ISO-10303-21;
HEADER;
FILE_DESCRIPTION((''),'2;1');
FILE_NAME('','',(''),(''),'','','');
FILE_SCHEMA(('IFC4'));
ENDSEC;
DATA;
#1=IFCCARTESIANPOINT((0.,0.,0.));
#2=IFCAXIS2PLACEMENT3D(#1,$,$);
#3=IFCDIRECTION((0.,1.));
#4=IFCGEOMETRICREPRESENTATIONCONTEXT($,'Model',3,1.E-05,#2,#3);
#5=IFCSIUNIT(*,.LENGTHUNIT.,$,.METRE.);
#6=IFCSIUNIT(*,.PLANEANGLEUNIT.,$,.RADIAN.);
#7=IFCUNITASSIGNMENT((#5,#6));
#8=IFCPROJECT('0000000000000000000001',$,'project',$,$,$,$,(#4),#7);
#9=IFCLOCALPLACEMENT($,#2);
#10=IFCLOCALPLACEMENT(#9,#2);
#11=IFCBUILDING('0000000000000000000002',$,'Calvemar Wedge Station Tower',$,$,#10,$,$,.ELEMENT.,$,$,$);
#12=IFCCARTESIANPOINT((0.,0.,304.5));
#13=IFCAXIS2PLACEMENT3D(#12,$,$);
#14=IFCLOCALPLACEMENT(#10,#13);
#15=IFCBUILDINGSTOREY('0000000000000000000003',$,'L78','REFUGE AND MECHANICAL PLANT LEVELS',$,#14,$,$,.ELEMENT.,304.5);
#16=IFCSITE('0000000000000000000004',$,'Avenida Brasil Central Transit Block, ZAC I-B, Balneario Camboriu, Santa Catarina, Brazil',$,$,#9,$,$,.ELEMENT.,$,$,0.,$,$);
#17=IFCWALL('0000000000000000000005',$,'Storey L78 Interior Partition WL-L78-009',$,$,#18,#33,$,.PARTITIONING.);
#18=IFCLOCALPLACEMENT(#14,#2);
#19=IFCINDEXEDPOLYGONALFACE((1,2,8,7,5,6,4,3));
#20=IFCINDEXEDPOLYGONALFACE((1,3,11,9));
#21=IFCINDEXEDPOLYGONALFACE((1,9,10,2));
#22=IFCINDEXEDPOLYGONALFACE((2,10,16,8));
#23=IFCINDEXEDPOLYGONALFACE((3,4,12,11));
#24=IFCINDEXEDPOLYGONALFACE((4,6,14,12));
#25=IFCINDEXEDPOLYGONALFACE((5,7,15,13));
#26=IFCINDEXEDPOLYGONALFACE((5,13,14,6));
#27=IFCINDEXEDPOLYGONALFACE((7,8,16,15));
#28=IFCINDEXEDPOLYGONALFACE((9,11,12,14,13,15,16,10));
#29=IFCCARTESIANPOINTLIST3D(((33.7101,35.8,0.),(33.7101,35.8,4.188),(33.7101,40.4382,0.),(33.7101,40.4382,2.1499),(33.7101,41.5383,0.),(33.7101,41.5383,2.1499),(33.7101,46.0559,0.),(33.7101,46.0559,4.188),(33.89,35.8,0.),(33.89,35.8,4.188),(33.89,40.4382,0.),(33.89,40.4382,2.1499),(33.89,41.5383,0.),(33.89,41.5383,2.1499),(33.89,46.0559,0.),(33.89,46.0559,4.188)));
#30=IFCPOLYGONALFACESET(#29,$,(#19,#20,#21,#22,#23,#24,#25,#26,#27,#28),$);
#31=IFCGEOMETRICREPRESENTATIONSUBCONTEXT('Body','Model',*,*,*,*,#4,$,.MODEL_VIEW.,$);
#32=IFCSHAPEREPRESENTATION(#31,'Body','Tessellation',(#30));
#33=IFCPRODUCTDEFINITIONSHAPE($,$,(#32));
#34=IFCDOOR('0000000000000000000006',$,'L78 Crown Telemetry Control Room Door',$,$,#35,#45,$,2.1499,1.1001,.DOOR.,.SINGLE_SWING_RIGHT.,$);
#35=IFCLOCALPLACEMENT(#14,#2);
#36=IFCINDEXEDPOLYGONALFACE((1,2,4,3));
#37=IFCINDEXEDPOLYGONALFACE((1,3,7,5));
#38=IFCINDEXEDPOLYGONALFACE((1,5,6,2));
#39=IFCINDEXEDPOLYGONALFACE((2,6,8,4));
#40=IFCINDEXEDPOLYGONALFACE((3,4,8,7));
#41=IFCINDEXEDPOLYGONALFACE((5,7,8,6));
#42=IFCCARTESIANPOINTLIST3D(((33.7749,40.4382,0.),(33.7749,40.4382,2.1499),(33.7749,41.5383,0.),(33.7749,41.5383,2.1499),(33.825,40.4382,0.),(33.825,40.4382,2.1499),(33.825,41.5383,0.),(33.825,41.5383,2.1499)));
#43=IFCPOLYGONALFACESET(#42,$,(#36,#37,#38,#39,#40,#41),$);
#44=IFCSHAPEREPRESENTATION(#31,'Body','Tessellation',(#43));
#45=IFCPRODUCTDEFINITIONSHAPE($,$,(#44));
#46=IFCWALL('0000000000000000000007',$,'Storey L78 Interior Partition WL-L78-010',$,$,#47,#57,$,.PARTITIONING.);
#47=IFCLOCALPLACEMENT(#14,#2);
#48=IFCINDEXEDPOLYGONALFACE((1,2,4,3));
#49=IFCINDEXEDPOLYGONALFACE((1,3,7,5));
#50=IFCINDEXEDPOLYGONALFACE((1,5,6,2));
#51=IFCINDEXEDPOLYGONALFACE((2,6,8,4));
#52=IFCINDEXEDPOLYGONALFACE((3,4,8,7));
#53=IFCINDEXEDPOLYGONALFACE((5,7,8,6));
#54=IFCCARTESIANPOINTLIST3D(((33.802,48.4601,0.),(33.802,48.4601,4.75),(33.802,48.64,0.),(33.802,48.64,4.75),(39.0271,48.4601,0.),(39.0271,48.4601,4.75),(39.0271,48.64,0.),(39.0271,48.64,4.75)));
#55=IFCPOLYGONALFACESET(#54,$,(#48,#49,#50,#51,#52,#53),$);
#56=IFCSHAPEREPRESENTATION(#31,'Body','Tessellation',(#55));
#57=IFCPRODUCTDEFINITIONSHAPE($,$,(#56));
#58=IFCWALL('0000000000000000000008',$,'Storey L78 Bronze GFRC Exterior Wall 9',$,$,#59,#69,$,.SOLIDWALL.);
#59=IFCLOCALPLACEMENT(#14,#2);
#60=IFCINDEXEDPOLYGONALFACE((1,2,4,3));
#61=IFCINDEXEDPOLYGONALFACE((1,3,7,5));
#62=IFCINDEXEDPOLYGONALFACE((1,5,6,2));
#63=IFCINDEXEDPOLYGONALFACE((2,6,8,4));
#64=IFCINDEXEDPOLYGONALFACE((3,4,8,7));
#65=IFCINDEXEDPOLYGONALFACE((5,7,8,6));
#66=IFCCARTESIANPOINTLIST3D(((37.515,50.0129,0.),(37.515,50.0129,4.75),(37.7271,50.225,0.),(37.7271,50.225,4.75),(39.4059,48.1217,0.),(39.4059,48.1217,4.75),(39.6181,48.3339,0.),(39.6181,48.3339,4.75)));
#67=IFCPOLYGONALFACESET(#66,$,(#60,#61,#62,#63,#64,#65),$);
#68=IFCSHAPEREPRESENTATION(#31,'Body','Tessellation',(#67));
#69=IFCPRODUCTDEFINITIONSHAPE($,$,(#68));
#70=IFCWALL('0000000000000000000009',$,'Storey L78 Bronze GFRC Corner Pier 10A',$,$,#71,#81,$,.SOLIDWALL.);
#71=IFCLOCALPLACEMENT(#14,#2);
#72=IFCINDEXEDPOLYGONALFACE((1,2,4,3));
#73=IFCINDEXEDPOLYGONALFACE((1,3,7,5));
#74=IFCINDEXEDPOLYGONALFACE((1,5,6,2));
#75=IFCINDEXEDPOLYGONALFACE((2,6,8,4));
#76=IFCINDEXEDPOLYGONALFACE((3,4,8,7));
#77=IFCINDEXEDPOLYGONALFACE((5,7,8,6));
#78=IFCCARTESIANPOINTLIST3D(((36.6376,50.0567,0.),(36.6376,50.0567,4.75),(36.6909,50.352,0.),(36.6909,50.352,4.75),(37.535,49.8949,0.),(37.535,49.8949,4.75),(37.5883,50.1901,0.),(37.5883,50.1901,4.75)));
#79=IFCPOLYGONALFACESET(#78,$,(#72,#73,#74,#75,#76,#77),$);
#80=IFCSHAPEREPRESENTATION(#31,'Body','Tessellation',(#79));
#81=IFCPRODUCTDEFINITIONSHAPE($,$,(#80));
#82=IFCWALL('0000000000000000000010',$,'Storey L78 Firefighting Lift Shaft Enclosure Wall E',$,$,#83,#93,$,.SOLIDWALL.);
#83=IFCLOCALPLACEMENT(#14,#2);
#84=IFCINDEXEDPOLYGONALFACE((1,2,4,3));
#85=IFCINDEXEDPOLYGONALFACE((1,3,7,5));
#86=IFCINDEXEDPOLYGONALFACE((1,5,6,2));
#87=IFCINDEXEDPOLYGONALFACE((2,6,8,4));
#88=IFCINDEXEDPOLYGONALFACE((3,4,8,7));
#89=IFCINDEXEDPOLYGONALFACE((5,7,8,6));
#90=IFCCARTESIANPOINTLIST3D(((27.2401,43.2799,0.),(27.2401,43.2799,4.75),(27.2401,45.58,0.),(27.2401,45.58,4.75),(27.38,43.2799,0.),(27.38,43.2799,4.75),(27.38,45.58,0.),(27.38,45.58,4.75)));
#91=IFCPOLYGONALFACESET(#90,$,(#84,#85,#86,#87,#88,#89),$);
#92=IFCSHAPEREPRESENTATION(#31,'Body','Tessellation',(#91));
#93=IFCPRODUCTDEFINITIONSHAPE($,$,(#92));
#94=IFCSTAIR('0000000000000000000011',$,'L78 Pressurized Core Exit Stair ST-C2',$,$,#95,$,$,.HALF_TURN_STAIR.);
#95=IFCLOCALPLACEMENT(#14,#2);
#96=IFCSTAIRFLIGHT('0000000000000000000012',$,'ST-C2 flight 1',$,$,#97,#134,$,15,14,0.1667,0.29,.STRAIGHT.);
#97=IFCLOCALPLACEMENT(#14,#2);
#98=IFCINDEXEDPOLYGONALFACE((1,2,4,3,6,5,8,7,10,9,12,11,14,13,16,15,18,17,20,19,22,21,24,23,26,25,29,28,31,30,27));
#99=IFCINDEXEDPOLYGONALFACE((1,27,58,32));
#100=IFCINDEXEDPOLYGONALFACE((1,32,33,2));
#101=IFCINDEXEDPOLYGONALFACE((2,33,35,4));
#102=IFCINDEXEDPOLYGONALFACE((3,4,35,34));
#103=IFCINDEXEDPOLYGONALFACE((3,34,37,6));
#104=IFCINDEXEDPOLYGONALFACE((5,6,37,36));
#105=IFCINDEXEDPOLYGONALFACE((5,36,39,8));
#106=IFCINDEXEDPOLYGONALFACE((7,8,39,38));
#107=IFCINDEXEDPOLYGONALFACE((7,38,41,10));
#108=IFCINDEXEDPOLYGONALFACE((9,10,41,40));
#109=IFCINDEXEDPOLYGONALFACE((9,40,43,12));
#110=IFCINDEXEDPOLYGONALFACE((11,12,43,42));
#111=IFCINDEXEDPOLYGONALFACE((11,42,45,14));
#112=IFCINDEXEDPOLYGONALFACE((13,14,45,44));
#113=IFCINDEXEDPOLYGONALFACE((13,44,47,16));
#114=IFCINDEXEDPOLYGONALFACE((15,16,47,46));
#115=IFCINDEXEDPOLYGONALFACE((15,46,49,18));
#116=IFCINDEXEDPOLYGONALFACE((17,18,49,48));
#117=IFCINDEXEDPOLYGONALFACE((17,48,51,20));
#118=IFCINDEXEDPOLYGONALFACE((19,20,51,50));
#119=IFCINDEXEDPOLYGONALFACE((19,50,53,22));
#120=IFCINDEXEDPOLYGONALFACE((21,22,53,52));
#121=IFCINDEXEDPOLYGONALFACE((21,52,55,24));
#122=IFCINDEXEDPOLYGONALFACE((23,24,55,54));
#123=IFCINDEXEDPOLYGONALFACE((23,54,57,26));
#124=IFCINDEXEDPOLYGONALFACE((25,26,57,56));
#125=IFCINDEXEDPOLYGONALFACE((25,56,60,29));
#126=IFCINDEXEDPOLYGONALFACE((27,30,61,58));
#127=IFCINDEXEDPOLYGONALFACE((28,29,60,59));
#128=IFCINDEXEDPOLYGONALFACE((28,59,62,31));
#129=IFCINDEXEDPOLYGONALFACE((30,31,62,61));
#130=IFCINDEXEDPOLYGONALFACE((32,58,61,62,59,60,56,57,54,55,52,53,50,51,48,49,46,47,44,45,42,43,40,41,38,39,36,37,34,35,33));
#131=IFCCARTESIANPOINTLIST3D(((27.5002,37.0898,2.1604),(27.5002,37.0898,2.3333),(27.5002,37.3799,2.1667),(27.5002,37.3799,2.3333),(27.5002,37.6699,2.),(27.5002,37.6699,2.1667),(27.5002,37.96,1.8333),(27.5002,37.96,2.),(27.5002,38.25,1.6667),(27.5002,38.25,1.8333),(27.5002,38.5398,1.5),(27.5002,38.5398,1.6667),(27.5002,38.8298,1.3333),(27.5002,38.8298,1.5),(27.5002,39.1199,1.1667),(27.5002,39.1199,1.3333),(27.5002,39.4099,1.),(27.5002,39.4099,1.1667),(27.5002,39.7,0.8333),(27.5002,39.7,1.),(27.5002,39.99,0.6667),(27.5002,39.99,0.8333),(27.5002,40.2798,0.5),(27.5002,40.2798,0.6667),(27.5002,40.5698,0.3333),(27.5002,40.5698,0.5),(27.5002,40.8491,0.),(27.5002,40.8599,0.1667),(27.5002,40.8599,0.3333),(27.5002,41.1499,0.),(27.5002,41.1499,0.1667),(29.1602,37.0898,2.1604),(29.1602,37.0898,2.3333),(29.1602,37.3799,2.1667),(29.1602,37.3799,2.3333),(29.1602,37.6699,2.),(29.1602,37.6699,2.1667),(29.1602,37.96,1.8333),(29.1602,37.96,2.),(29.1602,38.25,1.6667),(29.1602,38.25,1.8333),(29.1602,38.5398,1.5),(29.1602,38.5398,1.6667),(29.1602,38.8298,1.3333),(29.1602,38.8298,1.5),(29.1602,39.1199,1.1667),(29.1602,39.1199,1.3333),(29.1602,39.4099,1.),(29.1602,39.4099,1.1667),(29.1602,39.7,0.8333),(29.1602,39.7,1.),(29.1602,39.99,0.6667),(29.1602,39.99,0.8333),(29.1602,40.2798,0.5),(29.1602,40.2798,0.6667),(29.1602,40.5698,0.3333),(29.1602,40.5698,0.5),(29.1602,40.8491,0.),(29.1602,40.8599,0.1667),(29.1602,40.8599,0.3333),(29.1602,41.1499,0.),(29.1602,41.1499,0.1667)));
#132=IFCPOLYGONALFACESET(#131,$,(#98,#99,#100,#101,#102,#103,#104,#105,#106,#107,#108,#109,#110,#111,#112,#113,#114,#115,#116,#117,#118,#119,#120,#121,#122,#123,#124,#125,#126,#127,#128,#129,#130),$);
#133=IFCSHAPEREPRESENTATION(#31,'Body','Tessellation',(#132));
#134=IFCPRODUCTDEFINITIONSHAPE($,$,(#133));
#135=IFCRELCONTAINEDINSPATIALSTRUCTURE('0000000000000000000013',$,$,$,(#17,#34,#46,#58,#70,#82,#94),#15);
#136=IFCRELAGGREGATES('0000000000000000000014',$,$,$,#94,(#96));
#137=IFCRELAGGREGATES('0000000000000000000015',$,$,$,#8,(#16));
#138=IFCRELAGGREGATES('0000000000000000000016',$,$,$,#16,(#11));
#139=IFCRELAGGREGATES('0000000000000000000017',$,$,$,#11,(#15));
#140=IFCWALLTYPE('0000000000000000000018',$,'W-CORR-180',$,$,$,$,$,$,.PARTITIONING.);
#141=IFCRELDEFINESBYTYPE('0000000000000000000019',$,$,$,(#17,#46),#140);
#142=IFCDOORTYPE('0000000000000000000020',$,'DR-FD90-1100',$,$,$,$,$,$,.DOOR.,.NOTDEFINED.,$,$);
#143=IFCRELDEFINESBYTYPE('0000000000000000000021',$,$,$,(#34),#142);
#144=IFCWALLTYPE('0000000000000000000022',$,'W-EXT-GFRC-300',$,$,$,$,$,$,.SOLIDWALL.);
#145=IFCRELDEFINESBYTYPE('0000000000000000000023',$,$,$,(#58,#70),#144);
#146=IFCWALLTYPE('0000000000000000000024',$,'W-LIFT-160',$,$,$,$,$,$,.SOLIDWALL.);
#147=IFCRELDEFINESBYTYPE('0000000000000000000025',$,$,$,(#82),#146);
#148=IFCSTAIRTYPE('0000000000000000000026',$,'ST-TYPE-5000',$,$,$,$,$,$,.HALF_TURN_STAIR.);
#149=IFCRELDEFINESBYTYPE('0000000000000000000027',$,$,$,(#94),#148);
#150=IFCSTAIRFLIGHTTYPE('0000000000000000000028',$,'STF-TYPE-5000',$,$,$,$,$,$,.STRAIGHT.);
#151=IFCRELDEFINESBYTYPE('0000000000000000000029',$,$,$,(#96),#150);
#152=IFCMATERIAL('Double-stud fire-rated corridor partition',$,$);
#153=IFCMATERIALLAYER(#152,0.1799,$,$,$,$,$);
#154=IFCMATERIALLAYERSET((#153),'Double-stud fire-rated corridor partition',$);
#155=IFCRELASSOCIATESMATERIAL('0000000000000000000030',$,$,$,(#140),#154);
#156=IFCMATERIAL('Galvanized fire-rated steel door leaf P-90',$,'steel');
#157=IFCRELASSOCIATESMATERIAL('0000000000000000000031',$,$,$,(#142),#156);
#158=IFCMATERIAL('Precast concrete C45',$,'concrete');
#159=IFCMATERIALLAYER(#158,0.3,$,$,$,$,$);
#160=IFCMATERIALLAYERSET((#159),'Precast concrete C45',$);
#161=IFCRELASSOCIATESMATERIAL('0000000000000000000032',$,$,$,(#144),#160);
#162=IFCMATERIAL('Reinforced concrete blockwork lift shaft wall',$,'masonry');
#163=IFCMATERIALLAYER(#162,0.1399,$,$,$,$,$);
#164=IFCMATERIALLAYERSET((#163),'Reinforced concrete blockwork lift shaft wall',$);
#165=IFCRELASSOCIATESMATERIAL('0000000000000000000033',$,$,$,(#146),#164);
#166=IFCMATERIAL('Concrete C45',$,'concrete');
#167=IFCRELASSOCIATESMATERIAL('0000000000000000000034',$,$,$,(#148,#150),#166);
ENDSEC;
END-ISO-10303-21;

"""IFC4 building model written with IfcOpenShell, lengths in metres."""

from ifc_helpers import new_model, si_unit, direction, frame, frame_2d, origin, place, context, subcontext, project, spatial, polyline, rectangle, outline, extrude, source, transform, mapped, material, layer, layer_set, type_object, element, fill, aggregate, save


model = new_model("IFC4")

# Units and contexts
model_context = context("Model", 3, precision=1e-05, world=origin(), true_north=direction((0.0, 1.0)))
body_context = subcontext(model_context, "Body", "Model", "MODEL_VIEW")
ifc_project = project(units=[si_unit("LENGTHUNIT", "METRE"), si_unit("PLANEANGLEUNIT", "RADIAN")], contexts=[model_context])

# Site, building, storey
site_placement = place(None, origin())
site = spatial("IfcSite", under=ifc_project, at=site_placement, Name="Avenida Brasil Central Transit Block, ZAC I-B, Balneario Camboriu, Santa Catarina, Brazil", CompositionType="ELEMENT", RefElevation=0.0)
building_placement = place(site_placement, origin())
building = spatial("IfcBuilding", under=site, at=building_placement, Name="Calvemar Wedge Station Tower", CompositionType="ELEMENT")
storey_placement = place(building_placement, frame((0.0, 0.0, 304.5)))
storey = spatial("IfcBuildingStorey", under=building, at=storey_placement, Name="L78", Description="REFUGE AND MECHANICAL PLANT LEVELS", CompositionType="ELEMENT", Elevation=304.5)

# Shared definitions
ifc_material_1 = material(Name="Double-stud fire-rated corridor partition")
ifc_layer_1 = layer(ifc_material_1, 0.1799)
ifc_layer_set_1 = layer_set([ifc_layer_1], Name="Double-stud fire-rated corridor partition")
wall_type_1 = type_object("IfcWallType", Name="W-CORR-180", PredefinedType="PARTITIONING", material=ifc_layer_set_1)

# Wall, opening, door
wall_1_placement = place(storey_placement, frame((33.8, 46.0559, 0.0), z_axis=(0.0, 0.0, 1.0), x_axis=(0.0, -1.0, 0.0)))
wall_1 = element("IfcWall", 1, at=wall_1_placement, inside=storey, type_object=wall_type_1, Name="Storey L78 Interior Partition WL-L78-009", PredefinedType="PARTITIONING", context=body_context, shape_type="SweptSolid", body=[
    extrude(rectangle(XDim=10.2559, YDim=0.1799, at=frame_2d((5.1279, 0.0))), origin(), (0.0, 0.0, 1.0), 4.188),
])
shared_shape_1 = source(origin(), body_context, "Body", "SweptSolid", [
    extrude(rectangle(XDim=1.1001, YDim=2.1499, at=frame_2d((0.55, 1.075))), frame((0.0, 0.1001, 0.0), z_axis=(0.0, -1.0, 0.0), x_axis=(1.0, 0.0, 0.0)), (0.0, 0.0, 1.0), 0.2),
])
opening_placement = place(wall_1_placement, frame((4.5176, 0.0, 0.0)))
opening = element("IfcOpeningElement", 2, at=opening_placement, cuts=wall_1, PredefinedType="OPENING", context=body_context, shape_type="MappedRepresentation", body=[
    mapped(shared_shape_1, transform((0.0, 0.0, 0.0), scale=1.0)),
])
ifc_material_2 = material(Name="Galvanized fire-rated steel door leaf P-90", Category="steel")
door_type = type_object("IfcDoorType", Name="DR-FD90-1100", OperationType="NOTDEFINED", PredefinedType="DOOR", material=ifc_material_2)
shared_shape_2 = source(origin(), body_context, "Body", "SweptSolid", [
    extrude(rectangle(XDim=1.1001, YDim=2.1499, at=frame_2d((0.55, 1.075))), frame((0.0, 0.0249, 0.0), z_axis=(0.0, -1.0, 0.0), x_axis=(1.0, 0.0, 0.0)), (0.0, 0.0, 1.0), 0.05),
])
door_placement = place(opening_placement, origin())
door = element("IfcDoor", 3, at=door_placement, inside=storey, type_object=door_type, Name="L78 Crown Telemetry Control Room Door", OperationType="SINGLE_SWING_RIGHT", OverallHeight=2.1499, OverallWidth=1.1001, PredefinedType="DOOR", context=body_context, shape_type="MappedRepresentation", body=[
    mapped(shared_shape_2, transform((0.0, 0.0, 0.0), scale=1.0)),
])
fill(opening, door)

# Walls
wall_2_placement = place(storey_placement, frame((39.0271, 48.55, 0.0), z_axis=(0.0, 0.0, 1.0), x_axis=(-1.0, 0.0, 0.0)))
element("IfcWall", 4, at=wall_2_placement, inside=storey, type_object=wall_type_1, Name="Storey L78 Interior Partition WL-L78-010", PredefinedType="PARTITIONING", context=body_context, shape_type="SweptSolid", body=[
    extrude(rectangle(XDim=5.2251, YDim=0.1799, at=frame_2d((2.6125, 0.0))), origin(), (0.0, 0.0, 1.0), 4.75),
])
ifc_material_3 = material(Name="Precast concrete C45", Category="concrete")
ifc_layer_2 = layer(ifc_material_3, 0.3)
ifc_layer_set_2 = layer_set([ifc_layer_2], Name="Precast concrete C45")
wall_type_2 = type_object("IfcWallType", Name="W-EXT-GFRC-300", PredefinedType="SOLIDWALL", material=ifc_layer_set_2)
wall_3_placement = place(storey_placement, frame((39.512, 48.2278, 0.0), z_axis=(0.0, 0.0, 1.0), x_axis=(-0.707061, 0.707152, 0.0)))
element("IfcWall", 5, at=wall_3_placement, inside=storey, type_object=wall_type_2, Name="Storey L78 Bronze GFRC Exterior Wall 9", PredefinedType="SOLIDWALL", context=body_context, shape_type="SweptSolid", body=[
    extrude(rectangle(XDim=2.6743, YDim=0.3, at=frame_2d((1.3372, 0.0))), origin(), (0.0, 0.0, 1.0), 4.75),
])
wall_4_placement = place(storey_placement, frame((37.5618, 50.0425, 0.0), z_axis=(0.0, 0.0, 1.0), x_axis=(-0.984122, 0.177495, 0.0)))
element("IfcWall", 6, at=wall_4_placement, inside=storey, type_object=wall_type_2, Name="Storey L78 Bronze GFRC Corner Pier 10A", PredefinedType="SOLIDWALL", context=body_context, shape_type="SweptSolid", body=[
    extrude(rectangle(XDim=0.9119, YDim=0.3, at=frame_2d((0.4561, 0.0))), origin(), (0.0, 0.0, 1.0), 4.75),
])
ifc_material_4 = material(Name="Reinforced concrete blockwork lift shaft wall", Category="masonry")
ifc_layer_3 = layer(ifc_material_4, 0.1399)
ifc_layer_set_3 = layer_set([ifc_layer_3], Name="Reinforced concrete blockwork lift shaft wall")
wall_type_3 = type_object("IfcWallType", Name="W-LIFT-160", PredefinedType="SOLIDWALL", material=ifc_layer_set_3)
wall_5_placement = place(storey_placement, frame((27.3101, 43.28, 0.0), z_axis=(0.0, 0.0, 1.0), x_axis=(0.0, 1.0, 0.0)))
element("IfcWall", 7, at=wall_5_placement, inside=storey, type_object=wall_type_3, Name="Storey L78 Firefighting Lift Shaft Enclosure Wall E", PredefinedType="SOLIDWALL", context=body_context, shape_type="SweptSolid", body=[
    extrude(rectangle(XDim=2.3, YDim=0.1399, at=frame_2d((1.1499, 0.0))), origin(), (0.0, 0.0, 1.0), 4.75),
])

# Stair, stair flight
ifc_material_5 = material(Name="Concrete C45", Category="concrete")
stair_type = type_object("IfcStairType", Name="ST-TYPE-5000", PredefinedType="HALF_TURN_STAIR", material=ifc_material_5)
stair_placement = place(storey_placement, origin())
stair = element("IfcStair", 8, at=stair_placement, inside=storey, type_object=stair_type, Name="L78 Pressurized Core Exit Stair ST-C2", PredefinedType="HALF_TURN_STAIR")
stair_flight_type = type_object("IfcStairFlightType", Name="STF-TYPE-5000", PredefinedType="STRAIGHT", material=ifc_material_5)
stair_flight_placement = place(storey_placement, frame((28.3301, 41.1499, 0.0), z_axis=(0.0, 0.0, 1.0), x_axis=(0.0, -1.0, 0.0)))
stair_flight = element("IfcStairFlight", 9, at=stair_flight_placement, type_object=stair_flight_type, Name="ST-C2 flight 1", NumberOfRisers=15, NumberOfTreads=14, PredefinedType="STRAIGHT", RiserHeight=0.1667, TreadLength=0.29, context=body_context, shape_type="SweptSolid", body=[
    extrude(outline(polyline([(0.0, 0.0), (0.0, 0.1667), (0.29, 0.1667), (0.29, 0.3333), (0.5801, 0.3333), (0.5801, 0.5), (0.8701, 0.5), (0.8701, 0.6667), (1.1599, 0.6667), (1.1599, 0.8333), (1.45, 0.8333), (1.45, 1.0), (1.74, 1.0), (1.74, 1.1667), (2.03, 1.1667), (2.03, 1.3333), (2.3201, 1.3333), (2.3201, 1.5), (2.6101, 1.5), (2.6101, 1.6667), (2.8999, 1.6667), (2.8999, 1.8333), (3.1899, 1.8333), (3.1899, 2.0), (3.48, 2.0), (3.48, 2.1667), (3.77, 2.1667), (3.77, 2.3333), (4.0601, 2.3333), (4.0601, 2.5), (4.0601, 2.1604), (0.3008, 0.0), (0.0, 0.0)])), frame((0.0, 0.8301, 0.0), z_axis=(0.0, -1.0, 0.0), x_axis=(1.0, 0.0, 0.0)), (0.0, 0.0, 1.0), 1.6599),
])
aggregate(stair, [stair_flight])

save(model, "model.ifc")
